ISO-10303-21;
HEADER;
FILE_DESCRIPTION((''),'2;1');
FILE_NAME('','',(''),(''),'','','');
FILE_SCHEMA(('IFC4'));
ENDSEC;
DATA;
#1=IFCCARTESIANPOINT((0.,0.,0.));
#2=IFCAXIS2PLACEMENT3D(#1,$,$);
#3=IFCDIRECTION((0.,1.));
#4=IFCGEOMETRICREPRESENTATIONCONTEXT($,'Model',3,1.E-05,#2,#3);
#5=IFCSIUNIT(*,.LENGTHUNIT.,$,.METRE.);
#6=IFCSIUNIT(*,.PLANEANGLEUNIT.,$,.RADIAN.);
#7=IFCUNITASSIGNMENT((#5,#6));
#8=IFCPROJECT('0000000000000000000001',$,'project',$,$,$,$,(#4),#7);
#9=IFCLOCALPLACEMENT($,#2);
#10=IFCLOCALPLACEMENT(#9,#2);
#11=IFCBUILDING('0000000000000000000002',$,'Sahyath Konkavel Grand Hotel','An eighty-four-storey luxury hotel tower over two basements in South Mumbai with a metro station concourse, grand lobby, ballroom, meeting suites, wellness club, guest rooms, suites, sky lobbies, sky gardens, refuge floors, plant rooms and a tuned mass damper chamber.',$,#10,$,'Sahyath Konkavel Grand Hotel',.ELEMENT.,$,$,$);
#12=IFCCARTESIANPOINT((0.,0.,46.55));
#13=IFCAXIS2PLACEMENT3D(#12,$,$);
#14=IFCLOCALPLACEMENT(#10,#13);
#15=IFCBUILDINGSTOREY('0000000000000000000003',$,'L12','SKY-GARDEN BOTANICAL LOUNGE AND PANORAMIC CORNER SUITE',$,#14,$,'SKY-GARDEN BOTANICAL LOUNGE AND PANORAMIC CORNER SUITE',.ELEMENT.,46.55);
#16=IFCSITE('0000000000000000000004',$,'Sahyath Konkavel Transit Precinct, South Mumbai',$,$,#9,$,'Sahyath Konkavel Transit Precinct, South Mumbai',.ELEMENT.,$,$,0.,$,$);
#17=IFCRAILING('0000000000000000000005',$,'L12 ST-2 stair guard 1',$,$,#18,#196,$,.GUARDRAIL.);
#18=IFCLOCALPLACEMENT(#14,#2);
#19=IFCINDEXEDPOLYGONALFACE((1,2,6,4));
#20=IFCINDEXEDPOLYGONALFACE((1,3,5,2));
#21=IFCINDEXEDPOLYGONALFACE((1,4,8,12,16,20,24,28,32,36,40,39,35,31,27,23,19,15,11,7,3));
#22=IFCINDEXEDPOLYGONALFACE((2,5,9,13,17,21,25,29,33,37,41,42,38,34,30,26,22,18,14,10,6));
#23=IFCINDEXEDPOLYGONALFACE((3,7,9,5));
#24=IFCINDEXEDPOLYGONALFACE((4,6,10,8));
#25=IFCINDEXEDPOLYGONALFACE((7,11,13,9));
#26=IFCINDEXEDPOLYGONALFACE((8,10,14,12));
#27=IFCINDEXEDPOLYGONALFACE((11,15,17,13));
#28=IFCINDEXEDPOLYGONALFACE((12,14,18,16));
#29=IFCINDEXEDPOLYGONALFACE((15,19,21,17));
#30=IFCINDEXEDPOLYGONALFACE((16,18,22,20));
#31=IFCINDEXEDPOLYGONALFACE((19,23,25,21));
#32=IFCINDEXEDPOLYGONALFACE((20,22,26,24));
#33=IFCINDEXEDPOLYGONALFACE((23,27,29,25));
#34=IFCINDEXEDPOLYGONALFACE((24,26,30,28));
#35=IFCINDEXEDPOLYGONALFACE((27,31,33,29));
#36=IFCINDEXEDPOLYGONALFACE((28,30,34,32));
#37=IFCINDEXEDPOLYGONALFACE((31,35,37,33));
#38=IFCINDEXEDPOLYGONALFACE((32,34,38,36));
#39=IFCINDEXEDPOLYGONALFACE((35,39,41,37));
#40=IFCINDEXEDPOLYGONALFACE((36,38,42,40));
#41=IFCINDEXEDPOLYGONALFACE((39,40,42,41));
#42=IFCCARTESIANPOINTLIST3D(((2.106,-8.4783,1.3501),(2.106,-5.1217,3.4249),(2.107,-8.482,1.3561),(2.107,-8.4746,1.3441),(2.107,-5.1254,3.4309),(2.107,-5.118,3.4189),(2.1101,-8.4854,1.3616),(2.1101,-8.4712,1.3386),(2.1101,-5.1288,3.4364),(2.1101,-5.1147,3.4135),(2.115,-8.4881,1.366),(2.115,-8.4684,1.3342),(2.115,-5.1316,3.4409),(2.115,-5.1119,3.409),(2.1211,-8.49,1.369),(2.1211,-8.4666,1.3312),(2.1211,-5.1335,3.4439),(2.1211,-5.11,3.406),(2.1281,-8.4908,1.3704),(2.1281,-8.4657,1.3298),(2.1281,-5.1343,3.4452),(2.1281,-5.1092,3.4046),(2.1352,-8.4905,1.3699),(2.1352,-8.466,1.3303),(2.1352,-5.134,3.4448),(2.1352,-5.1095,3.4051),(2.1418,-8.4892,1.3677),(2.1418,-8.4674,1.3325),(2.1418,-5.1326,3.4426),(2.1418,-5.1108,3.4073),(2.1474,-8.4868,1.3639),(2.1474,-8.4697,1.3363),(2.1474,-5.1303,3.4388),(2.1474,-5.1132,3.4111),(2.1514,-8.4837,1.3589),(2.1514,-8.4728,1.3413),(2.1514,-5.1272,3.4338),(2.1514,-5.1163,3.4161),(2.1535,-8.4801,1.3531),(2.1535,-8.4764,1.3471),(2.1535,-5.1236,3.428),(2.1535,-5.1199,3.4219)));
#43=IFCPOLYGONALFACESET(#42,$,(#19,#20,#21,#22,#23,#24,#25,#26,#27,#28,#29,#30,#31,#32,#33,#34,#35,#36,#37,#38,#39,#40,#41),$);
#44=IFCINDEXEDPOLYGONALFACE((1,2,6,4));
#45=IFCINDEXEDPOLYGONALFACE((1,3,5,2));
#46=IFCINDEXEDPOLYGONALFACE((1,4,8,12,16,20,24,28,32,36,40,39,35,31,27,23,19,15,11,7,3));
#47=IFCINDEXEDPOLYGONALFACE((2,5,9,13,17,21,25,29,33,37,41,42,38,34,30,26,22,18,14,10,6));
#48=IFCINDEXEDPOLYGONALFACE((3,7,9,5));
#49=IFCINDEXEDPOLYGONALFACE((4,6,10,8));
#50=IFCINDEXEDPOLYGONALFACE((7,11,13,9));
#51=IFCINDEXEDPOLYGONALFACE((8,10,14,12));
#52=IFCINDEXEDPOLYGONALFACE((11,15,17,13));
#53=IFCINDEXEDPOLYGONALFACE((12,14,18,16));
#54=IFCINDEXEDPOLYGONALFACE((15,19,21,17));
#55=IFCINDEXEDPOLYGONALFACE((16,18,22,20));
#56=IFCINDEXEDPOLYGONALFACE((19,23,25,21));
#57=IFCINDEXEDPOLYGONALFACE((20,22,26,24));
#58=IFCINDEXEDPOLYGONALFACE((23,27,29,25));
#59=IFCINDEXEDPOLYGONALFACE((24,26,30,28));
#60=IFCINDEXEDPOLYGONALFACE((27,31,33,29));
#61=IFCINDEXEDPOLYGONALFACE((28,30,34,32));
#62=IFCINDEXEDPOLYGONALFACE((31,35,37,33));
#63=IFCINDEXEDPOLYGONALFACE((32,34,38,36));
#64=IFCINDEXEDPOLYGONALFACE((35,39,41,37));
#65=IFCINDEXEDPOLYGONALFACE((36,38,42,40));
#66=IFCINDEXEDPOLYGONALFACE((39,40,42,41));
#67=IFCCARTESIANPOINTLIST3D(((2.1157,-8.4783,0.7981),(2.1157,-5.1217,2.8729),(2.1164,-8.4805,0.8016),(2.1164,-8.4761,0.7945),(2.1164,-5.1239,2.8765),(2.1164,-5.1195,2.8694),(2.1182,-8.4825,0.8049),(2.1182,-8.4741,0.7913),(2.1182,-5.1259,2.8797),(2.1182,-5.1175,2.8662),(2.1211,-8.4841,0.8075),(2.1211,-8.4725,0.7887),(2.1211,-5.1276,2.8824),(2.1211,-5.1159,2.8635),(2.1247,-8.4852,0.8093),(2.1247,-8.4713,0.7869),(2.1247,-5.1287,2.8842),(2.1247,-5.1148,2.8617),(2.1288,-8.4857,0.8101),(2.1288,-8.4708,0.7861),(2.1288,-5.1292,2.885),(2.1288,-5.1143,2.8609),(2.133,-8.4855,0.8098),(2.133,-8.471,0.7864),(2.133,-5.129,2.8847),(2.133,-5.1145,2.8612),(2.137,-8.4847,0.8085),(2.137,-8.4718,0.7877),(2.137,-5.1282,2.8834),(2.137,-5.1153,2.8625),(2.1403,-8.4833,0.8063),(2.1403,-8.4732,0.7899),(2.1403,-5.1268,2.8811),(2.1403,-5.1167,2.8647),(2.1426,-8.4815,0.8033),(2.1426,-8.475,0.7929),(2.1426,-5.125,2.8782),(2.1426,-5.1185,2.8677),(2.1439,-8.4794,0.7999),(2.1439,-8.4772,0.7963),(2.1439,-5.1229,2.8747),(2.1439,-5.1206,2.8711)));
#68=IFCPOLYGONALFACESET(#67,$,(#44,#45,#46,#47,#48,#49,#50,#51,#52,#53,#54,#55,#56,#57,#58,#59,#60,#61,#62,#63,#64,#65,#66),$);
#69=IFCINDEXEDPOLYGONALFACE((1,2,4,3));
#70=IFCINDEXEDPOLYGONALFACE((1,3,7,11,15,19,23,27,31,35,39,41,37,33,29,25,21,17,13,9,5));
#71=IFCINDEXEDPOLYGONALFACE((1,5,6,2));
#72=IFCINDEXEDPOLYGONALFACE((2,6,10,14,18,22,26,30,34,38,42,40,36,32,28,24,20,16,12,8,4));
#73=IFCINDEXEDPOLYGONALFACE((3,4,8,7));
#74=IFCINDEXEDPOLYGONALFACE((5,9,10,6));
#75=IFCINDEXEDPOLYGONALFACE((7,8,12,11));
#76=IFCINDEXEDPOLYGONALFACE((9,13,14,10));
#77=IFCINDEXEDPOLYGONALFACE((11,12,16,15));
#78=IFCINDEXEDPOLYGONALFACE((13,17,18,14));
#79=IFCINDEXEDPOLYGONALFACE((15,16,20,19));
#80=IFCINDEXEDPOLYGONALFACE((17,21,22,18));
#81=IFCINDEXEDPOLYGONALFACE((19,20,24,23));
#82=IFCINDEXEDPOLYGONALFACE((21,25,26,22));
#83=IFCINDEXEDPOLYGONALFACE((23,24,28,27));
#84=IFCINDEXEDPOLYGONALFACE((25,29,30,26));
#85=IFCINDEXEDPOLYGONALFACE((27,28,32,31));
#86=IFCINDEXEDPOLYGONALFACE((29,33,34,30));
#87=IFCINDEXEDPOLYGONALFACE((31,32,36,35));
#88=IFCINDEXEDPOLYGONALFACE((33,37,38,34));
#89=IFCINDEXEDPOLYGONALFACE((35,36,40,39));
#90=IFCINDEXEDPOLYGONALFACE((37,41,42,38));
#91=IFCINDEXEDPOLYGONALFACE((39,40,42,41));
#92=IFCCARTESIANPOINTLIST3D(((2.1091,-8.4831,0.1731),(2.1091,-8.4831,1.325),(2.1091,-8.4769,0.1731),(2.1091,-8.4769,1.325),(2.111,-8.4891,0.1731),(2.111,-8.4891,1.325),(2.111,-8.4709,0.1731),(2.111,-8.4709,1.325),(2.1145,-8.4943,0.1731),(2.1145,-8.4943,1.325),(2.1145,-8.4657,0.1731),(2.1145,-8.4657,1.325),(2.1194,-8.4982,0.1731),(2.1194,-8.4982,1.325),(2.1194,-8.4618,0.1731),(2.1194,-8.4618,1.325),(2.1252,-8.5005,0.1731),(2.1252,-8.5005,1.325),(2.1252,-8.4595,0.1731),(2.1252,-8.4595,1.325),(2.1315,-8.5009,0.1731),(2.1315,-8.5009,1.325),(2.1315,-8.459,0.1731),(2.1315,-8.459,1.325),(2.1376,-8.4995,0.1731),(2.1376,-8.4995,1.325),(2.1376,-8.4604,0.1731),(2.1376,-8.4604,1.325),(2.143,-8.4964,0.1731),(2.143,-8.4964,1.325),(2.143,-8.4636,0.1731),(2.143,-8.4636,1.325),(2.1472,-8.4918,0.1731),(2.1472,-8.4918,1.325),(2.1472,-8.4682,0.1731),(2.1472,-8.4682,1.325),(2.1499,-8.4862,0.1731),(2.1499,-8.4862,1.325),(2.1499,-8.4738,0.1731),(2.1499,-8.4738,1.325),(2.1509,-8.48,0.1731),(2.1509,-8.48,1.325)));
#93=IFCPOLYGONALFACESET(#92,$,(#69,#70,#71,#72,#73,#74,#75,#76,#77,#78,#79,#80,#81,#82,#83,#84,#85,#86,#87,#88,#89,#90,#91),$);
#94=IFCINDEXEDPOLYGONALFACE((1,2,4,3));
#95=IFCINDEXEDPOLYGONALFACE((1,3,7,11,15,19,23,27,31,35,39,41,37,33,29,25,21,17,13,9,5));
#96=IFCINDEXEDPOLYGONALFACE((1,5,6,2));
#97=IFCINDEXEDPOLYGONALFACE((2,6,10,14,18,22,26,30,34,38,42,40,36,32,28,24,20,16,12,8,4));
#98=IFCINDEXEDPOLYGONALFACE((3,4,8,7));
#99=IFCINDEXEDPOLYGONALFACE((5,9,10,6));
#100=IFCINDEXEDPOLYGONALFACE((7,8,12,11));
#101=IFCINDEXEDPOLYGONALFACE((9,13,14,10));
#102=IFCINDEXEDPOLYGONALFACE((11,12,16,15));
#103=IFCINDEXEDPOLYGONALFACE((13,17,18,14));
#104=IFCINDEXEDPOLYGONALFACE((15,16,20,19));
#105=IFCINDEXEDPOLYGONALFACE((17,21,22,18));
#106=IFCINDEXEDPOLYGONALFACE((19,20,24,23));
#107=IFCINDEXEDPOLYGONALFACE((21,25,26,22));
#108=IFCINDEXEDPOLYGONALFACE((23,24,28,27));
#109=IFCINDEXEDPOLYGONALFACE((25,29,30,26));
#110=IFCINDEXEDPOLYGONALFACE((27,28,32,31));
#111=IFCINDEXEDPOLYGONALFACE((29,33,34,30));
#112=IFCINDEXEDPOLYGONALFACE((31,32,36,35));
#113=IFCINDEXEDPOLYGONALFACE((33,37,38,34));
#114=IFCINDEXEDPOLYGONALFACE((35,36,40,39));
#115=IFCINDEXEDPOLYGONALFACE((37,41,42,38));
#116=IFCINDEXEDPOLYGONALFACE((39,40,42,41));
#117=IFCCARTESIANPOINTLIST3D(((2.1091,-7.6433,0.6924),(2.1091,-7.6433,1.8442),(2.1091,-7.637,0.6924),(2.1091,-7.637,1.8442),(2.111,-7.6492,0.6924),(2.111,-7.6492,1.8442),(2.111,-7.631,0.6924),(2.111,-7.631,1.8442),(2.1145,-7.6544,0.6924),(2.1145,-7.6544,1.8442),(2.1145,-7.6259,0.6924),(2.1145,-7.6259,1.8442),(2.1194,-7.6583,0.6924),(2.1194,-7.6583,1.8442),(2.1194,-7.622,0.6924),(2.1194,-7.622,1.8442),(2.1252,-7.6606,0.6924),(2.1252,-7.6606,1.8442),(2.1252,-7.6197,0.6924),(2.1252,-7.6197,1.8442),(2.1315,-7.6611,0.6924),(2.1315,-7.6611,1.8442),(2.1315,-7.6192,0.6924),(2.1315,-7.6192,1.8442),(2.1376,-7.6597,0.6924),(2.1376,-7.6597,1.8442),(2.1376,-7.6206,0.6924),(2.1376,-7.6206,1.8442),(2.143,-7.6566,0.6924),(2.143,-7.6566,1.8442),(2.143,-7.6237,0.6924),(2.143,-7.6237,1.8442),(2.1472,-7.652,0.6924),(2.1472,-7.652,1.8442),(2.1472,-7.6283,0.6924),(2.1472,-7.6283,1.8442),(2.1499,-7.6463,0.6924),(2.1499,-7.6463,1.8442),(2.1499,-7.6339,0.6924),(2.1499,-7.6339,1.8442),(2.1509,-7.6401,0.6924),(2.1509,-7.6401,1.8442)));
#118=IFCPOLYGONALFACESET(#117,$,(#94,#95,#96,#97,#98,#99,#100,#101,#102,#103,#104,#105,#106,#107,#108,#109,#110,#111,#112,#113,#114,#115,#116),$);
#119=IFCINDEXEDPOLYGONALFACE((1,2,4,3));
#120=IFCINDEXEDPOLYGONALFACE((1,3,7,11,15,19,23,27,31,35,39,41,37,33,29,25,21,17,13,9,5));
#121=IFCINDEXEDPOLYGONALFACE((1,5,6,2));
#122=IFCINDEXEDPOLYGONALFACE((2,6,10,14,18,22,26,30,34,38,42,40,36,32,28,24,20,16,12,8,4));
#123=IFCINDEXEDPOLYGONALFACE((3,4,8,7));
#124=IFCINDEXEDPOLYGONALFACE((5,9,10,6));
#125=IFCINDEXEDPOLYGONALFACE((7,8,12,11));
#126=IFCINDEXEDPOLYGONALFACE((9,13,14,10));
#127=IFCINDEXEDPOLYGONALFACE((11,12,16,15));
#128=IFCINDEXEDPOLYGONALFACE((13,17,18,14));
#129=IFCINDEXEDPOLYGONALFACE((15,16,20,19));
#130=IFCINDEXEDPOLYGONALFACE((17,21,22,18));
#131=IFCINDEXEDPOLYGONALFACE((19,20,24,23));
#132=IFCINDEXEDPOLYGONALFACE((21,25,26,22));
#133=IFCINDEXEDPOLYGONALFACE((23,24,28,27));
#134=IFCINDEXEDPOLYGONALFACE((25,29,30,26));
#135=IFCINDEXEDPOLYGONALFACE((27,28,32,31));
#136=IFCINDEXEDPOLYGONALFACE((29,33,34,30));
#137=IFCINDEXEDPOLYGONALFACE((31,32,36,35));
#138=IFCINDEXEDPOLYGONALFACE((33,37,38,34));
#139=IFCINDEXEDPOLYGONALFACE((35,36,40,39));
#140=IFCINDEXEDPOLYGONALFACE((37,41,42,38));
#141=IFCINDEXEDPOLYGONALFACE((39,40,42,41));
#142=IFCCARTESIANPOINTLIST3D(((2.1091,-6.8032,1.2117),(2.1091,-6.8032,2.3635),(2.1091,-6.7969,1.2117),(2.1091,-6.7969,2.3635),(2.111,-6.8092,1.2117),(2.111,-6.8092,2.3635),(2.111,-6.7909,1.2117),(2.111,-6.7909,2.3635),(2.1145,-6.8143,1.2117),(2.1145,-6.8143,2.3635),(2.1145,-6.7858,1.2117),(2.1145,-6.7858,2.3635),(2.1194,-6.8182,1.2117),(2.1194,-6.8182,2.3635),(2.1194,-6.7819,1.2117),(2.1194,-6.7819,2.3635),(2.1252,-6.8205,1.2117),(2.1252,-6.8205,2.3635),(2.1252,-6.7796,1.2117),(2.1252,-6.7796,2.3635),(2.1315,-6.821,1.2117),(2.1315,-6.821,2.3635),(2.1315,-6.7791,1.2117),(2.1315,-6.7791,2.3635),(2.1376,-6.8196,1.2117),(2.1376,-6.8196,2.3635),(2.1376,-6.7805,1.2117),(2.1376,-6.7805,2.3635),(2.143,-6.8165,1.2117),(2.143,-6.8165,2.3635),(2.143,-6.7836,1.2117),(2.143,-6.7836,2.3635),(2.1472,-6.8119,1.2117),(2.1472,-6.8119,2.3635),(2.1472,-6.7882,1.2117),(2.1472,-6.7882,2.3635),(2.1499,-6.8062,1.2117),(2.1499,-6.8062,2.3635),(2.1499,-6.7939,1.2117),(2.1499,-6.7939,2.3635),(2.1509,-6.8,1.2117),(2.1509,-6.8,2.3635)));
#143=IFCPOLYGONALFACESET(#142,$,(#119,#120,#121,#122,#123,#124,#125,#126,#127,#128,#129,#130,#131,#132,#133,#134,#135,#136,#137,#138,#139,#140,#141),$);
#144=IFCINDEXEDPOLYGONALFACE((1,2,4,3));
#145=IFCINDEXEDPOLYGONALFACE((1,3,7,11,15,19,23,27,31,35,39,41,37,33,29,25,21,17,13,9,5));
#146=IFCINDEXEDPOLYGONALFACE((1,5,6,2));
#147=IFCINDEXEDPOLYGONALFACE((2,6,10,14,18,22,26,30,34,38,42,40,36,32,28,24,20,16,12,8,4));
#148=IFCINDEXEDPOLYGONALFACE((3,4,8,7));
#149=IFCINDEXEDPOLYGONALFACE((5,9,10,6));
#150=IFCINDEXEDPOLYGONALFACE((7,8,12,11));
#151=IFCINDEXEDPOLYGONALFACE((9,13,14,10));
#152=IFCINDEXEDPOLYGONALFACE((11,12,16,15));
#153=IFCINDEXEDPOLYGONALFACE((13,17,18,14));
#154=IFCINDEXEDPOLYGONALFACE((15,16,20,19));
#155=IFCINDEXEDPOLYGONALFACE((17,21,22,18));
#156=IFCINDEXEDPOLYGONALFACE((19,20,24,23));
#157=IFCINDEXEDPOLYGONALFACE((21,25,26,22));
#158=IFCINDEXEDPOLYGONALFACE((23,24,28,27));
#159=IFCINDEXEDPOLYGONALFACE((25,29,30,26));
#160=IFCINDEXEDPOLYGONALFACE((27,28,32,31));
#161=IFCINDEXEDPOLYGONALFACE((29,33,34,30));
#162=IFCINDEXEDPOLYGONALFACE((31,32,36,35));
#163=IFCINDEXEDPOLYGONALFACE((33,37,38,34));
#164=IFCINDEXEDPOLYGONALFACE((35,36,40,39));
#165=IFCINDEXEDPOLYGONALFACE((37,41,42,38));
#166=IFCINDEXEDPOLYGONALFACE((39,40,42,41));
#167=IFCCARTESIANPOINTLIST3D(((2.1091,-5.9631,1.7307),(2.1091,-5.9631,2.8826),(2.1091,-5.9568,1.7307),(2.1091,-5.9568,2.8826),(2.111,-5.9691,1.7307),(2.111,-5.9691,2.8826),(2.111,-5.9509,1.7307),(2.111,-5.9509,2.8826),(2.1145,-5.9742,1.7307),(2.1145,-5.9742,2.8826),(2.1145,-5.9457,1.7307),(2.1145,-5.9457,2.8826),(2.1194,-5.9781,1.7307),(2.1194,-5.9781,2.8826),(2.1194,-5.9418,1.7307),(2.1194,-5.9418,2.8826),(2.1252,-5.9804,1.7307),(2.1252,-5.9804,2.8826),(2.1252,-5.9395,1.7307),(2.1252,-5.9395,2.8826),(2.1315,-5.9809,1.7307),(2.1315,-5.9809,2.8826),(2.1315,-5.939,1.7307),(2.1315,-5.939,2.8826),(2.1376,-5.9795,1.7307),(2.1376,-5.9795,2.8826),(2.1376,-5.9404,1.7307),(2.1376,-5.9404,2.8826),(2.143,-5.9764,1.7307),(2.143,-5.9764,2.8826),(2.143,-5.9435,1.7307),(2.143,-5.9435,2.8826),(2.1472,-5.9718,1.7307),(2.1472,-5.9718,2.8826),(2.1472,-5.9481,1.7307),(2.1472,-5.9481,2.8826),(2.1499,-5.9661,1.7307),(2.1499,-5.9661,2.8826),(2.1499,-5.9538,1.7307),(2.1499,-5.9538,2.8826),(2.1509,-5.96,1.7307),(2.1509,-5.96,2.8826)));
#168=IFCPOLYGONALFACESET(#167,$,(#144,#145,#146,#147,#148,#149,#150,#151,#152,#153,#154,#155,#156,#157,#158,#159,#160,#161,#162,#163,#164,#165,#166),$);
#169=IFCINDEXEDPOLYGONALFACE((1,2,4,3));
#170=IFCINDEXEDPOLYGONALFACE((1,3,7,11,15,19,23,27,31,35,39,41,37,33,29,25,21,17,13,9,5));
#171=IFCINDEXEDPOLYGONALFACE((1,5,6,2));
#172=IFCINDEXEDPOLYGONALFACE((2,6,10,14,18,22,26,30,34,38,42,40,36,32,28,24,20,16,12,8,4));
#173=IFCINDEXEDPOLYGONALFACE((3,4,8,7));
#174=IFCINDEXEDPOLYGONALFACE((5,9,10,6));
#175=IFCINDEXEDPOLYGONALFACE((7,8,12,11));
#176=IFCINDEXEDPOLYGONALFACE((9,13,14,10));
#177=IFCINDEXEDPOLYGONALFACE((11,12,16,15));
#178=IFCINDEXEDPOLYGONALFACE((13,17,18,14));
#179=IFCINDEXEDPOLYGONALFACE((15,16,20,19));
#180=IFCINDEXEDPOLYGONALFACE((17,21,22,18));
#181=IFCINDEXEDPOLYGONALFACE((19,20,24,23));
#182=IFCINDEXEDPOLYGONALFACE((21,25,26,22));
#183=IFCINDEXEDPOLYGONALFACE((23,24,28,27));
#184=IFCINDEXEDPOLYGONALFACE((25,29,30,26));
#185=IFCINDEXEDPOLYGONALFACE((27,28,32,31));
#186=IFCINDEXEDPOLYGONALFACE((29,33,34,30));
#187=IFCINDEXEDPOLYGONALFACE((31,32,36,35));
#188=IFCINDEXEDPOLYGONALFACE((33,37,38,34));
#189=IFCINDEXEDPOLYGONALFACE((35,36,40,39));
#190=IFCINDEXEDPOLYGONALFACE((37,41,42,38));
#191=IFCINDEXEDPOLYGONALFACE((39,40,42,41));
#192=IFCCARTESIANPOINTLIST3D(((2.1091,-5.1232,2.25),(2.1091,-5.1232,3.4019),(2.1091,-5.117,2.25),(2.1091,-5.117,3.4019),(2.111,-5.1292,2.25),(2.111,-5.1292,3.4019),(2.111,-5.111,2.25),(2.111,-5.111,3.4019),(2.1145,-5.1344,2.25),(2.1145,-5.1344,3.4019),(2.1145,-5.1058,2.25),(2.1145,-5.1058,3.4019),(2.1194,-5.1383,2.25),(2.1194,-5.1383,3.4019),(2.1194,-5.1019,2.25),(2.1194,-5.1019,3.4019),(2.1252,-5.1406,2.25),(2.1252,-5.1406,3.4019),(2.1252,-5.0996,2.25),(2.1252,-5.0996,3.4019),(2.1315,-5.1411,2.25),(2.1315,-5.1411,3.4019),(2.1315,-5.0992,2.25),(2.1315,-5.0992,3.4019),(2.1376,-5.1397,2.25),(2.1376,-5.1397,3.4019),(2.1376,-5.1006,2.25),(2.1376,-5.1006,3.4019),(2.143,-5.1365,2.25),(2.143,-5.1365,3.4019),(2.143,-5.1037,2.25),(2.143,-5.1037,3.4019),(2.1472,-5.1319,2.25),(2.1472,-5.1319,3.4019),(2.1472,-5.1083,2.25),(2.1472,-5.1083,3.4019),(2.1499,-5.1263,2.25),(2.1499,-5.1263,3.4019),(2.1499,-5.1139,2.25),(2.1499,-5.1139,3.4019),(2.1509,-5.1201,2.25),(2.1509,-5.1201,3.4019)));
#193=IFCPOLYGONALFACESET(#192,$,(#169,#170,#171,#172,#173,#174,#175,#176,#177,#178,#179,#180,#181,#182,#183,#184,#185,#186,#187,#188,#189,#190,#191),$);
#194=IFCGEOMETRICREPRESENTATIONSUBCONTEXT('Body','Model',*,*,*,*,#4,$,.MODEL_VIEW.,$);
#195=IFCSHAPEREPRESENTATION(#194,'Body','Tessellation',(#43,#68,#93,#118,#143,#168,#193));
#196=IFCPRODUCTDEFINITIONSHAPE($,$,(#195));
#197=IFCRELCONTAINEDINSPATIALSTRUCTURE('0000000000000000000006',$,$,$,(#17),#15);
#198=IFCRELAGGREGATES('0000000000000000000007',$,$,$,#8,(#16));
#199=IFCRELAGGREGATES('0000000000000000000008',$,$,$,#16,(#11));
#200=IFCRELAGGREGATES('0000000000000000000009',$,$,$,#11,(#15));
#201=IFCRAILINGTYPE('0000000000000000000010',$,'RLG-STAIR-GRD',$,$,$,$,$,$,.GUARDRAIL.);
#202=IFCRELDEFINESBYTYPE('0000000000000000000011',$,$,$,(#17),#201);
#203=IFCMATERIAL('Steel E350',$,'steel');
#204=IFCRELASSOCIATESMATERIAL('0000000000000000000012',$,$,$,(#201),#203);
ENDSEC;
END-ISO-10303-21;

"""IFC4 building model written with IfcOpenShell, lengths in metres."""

from ifc_helpers import new_model, si_unit, direction, frame, origin, origin_2d, place, context, subcontext, project, spatial, circle, extrude, material, type_object, element, save


model = new_model("IFC4")

# Units and contexts
model_context = context("Model", 3, precision=1e-05, world=origin(), true_north=direction((0.0, 1.0)))
body_context = subcontext(model_context, "Body", "Model", "MODEL_VIEW")
ifc_project = project(units=[si_unit("LENGTHUNIT", "METRE"), si_unit("PLANEANGLEUNIT", "RADIAN")], contexts=[model_context])

# Site, building, storey
site_placement = place(None, origin())
site = spatial("IfcSite", under=ifc_project, at=site_placement, Name="Sahyath Konkavel Transit Precinct, South Mumbai", LongName="Sahyath Konkavel Transit Precinct, South Mumbai", CompositionType="ELEMENT", RefElevation=0.0)
building_placement = place(site_placement, origin())
building = spatial("IfcBuilding", under=site, at=building_placement, Name="Sahyath Konkavel Grand Hotel", Description="An eighty-four-storey luxury hotel tower over two basements in South Mumbai with a metro station concourse, grand lobby, ballroom, meeting suites, wellness club, guest rooms, suites, sky lobbies, sky gardens, refuge floors, plant rooms and a tuned mass damper chamber.", LongName="Sahyath Konkavel Grand Hotel", CompositionType="ELEMENT")
storey_placement = place(building_placement, frame((0.0, 0.0, 46.55)))
storey = spatial("IfcBuildingStorey", under=building, at=storey_placement, Name="L12", Description="SKY-GARDEN BOTANICAL LOUNGE AND PANORAMIC CORNER SUITE", LongName="SKY-GARDEN BOTANICAL LOUNGE AND PANORAMIC CORNER SUITE", CompositionType="ELEMENT", Elevation=46.55)

# Shared definitions
ifc_material_1 = material(Name="Steel E350", Category="steel")

# Railing
railing_type_1 = type_object("IfcRailingType", Name="RLG-STAIR-GRD", PredefinedType="GUARDRAIL", material=ifc_material_1)
railing_1_placement = place(storey_placement, frame((2.1299, -8.48, 0.1731)))
element("IfcRailing", 1, at=railing_1_placement, inside=storey, type_object=railing_type_1, Name="L12 ST-2 stair guard 1", PredefinedType="GUARDRAIL", context=body_context, shape_type="SweptSolid", body=[
    extrude(circle(Radius=0.0239, at=origin_2d()), frame((0.0, 0.0017, 1.177), z_axis=(0.0, 0.850606, 0.525803), x_axis=(-1.0, 0.0, 0.0)), (0.0, 0.0, 1.0), 3.946),
    extrude(circle(Radius=0.0142, at=origin_2d()), frame((0.0, 0.0017, 0.625), z_axis=(0.0, 0.850606, 0.525803), x_axis=(-1.0, 0.0, 0.0)), (0.0, 0.0, 1.0), 3.946),
    extrude(circle(Radius=0.021, at=origin_2d()), origin(), (0.0, 0.0, 1.0), 1.1519),
    extrude(circle(Radius=0.021, at=origin_2d()), frame((0.0, 0.8398, 0.5193)), (0.0, 0.0, 1.0), 1.1519),
    extrude(circle(Radius=0.021, at=origin_2d()), frame((0.0, 1.6799, 1.0386)), (0.0, 0.0, 1.0), 1.1519),
    extrude(circle(Radius=0.021, at=origin_2d()), frame((0.0, 2.52, 1.5576)), (0.0, 0.0, 1.0), 1.1519),
    extrude(circle(Radius=0.021, at=origin_2d()), frame((0.0, 3.3599, 2.0769)), (0.0, 0.0, 1.0), 1.1519),
])

save(model, "model.ifc")
